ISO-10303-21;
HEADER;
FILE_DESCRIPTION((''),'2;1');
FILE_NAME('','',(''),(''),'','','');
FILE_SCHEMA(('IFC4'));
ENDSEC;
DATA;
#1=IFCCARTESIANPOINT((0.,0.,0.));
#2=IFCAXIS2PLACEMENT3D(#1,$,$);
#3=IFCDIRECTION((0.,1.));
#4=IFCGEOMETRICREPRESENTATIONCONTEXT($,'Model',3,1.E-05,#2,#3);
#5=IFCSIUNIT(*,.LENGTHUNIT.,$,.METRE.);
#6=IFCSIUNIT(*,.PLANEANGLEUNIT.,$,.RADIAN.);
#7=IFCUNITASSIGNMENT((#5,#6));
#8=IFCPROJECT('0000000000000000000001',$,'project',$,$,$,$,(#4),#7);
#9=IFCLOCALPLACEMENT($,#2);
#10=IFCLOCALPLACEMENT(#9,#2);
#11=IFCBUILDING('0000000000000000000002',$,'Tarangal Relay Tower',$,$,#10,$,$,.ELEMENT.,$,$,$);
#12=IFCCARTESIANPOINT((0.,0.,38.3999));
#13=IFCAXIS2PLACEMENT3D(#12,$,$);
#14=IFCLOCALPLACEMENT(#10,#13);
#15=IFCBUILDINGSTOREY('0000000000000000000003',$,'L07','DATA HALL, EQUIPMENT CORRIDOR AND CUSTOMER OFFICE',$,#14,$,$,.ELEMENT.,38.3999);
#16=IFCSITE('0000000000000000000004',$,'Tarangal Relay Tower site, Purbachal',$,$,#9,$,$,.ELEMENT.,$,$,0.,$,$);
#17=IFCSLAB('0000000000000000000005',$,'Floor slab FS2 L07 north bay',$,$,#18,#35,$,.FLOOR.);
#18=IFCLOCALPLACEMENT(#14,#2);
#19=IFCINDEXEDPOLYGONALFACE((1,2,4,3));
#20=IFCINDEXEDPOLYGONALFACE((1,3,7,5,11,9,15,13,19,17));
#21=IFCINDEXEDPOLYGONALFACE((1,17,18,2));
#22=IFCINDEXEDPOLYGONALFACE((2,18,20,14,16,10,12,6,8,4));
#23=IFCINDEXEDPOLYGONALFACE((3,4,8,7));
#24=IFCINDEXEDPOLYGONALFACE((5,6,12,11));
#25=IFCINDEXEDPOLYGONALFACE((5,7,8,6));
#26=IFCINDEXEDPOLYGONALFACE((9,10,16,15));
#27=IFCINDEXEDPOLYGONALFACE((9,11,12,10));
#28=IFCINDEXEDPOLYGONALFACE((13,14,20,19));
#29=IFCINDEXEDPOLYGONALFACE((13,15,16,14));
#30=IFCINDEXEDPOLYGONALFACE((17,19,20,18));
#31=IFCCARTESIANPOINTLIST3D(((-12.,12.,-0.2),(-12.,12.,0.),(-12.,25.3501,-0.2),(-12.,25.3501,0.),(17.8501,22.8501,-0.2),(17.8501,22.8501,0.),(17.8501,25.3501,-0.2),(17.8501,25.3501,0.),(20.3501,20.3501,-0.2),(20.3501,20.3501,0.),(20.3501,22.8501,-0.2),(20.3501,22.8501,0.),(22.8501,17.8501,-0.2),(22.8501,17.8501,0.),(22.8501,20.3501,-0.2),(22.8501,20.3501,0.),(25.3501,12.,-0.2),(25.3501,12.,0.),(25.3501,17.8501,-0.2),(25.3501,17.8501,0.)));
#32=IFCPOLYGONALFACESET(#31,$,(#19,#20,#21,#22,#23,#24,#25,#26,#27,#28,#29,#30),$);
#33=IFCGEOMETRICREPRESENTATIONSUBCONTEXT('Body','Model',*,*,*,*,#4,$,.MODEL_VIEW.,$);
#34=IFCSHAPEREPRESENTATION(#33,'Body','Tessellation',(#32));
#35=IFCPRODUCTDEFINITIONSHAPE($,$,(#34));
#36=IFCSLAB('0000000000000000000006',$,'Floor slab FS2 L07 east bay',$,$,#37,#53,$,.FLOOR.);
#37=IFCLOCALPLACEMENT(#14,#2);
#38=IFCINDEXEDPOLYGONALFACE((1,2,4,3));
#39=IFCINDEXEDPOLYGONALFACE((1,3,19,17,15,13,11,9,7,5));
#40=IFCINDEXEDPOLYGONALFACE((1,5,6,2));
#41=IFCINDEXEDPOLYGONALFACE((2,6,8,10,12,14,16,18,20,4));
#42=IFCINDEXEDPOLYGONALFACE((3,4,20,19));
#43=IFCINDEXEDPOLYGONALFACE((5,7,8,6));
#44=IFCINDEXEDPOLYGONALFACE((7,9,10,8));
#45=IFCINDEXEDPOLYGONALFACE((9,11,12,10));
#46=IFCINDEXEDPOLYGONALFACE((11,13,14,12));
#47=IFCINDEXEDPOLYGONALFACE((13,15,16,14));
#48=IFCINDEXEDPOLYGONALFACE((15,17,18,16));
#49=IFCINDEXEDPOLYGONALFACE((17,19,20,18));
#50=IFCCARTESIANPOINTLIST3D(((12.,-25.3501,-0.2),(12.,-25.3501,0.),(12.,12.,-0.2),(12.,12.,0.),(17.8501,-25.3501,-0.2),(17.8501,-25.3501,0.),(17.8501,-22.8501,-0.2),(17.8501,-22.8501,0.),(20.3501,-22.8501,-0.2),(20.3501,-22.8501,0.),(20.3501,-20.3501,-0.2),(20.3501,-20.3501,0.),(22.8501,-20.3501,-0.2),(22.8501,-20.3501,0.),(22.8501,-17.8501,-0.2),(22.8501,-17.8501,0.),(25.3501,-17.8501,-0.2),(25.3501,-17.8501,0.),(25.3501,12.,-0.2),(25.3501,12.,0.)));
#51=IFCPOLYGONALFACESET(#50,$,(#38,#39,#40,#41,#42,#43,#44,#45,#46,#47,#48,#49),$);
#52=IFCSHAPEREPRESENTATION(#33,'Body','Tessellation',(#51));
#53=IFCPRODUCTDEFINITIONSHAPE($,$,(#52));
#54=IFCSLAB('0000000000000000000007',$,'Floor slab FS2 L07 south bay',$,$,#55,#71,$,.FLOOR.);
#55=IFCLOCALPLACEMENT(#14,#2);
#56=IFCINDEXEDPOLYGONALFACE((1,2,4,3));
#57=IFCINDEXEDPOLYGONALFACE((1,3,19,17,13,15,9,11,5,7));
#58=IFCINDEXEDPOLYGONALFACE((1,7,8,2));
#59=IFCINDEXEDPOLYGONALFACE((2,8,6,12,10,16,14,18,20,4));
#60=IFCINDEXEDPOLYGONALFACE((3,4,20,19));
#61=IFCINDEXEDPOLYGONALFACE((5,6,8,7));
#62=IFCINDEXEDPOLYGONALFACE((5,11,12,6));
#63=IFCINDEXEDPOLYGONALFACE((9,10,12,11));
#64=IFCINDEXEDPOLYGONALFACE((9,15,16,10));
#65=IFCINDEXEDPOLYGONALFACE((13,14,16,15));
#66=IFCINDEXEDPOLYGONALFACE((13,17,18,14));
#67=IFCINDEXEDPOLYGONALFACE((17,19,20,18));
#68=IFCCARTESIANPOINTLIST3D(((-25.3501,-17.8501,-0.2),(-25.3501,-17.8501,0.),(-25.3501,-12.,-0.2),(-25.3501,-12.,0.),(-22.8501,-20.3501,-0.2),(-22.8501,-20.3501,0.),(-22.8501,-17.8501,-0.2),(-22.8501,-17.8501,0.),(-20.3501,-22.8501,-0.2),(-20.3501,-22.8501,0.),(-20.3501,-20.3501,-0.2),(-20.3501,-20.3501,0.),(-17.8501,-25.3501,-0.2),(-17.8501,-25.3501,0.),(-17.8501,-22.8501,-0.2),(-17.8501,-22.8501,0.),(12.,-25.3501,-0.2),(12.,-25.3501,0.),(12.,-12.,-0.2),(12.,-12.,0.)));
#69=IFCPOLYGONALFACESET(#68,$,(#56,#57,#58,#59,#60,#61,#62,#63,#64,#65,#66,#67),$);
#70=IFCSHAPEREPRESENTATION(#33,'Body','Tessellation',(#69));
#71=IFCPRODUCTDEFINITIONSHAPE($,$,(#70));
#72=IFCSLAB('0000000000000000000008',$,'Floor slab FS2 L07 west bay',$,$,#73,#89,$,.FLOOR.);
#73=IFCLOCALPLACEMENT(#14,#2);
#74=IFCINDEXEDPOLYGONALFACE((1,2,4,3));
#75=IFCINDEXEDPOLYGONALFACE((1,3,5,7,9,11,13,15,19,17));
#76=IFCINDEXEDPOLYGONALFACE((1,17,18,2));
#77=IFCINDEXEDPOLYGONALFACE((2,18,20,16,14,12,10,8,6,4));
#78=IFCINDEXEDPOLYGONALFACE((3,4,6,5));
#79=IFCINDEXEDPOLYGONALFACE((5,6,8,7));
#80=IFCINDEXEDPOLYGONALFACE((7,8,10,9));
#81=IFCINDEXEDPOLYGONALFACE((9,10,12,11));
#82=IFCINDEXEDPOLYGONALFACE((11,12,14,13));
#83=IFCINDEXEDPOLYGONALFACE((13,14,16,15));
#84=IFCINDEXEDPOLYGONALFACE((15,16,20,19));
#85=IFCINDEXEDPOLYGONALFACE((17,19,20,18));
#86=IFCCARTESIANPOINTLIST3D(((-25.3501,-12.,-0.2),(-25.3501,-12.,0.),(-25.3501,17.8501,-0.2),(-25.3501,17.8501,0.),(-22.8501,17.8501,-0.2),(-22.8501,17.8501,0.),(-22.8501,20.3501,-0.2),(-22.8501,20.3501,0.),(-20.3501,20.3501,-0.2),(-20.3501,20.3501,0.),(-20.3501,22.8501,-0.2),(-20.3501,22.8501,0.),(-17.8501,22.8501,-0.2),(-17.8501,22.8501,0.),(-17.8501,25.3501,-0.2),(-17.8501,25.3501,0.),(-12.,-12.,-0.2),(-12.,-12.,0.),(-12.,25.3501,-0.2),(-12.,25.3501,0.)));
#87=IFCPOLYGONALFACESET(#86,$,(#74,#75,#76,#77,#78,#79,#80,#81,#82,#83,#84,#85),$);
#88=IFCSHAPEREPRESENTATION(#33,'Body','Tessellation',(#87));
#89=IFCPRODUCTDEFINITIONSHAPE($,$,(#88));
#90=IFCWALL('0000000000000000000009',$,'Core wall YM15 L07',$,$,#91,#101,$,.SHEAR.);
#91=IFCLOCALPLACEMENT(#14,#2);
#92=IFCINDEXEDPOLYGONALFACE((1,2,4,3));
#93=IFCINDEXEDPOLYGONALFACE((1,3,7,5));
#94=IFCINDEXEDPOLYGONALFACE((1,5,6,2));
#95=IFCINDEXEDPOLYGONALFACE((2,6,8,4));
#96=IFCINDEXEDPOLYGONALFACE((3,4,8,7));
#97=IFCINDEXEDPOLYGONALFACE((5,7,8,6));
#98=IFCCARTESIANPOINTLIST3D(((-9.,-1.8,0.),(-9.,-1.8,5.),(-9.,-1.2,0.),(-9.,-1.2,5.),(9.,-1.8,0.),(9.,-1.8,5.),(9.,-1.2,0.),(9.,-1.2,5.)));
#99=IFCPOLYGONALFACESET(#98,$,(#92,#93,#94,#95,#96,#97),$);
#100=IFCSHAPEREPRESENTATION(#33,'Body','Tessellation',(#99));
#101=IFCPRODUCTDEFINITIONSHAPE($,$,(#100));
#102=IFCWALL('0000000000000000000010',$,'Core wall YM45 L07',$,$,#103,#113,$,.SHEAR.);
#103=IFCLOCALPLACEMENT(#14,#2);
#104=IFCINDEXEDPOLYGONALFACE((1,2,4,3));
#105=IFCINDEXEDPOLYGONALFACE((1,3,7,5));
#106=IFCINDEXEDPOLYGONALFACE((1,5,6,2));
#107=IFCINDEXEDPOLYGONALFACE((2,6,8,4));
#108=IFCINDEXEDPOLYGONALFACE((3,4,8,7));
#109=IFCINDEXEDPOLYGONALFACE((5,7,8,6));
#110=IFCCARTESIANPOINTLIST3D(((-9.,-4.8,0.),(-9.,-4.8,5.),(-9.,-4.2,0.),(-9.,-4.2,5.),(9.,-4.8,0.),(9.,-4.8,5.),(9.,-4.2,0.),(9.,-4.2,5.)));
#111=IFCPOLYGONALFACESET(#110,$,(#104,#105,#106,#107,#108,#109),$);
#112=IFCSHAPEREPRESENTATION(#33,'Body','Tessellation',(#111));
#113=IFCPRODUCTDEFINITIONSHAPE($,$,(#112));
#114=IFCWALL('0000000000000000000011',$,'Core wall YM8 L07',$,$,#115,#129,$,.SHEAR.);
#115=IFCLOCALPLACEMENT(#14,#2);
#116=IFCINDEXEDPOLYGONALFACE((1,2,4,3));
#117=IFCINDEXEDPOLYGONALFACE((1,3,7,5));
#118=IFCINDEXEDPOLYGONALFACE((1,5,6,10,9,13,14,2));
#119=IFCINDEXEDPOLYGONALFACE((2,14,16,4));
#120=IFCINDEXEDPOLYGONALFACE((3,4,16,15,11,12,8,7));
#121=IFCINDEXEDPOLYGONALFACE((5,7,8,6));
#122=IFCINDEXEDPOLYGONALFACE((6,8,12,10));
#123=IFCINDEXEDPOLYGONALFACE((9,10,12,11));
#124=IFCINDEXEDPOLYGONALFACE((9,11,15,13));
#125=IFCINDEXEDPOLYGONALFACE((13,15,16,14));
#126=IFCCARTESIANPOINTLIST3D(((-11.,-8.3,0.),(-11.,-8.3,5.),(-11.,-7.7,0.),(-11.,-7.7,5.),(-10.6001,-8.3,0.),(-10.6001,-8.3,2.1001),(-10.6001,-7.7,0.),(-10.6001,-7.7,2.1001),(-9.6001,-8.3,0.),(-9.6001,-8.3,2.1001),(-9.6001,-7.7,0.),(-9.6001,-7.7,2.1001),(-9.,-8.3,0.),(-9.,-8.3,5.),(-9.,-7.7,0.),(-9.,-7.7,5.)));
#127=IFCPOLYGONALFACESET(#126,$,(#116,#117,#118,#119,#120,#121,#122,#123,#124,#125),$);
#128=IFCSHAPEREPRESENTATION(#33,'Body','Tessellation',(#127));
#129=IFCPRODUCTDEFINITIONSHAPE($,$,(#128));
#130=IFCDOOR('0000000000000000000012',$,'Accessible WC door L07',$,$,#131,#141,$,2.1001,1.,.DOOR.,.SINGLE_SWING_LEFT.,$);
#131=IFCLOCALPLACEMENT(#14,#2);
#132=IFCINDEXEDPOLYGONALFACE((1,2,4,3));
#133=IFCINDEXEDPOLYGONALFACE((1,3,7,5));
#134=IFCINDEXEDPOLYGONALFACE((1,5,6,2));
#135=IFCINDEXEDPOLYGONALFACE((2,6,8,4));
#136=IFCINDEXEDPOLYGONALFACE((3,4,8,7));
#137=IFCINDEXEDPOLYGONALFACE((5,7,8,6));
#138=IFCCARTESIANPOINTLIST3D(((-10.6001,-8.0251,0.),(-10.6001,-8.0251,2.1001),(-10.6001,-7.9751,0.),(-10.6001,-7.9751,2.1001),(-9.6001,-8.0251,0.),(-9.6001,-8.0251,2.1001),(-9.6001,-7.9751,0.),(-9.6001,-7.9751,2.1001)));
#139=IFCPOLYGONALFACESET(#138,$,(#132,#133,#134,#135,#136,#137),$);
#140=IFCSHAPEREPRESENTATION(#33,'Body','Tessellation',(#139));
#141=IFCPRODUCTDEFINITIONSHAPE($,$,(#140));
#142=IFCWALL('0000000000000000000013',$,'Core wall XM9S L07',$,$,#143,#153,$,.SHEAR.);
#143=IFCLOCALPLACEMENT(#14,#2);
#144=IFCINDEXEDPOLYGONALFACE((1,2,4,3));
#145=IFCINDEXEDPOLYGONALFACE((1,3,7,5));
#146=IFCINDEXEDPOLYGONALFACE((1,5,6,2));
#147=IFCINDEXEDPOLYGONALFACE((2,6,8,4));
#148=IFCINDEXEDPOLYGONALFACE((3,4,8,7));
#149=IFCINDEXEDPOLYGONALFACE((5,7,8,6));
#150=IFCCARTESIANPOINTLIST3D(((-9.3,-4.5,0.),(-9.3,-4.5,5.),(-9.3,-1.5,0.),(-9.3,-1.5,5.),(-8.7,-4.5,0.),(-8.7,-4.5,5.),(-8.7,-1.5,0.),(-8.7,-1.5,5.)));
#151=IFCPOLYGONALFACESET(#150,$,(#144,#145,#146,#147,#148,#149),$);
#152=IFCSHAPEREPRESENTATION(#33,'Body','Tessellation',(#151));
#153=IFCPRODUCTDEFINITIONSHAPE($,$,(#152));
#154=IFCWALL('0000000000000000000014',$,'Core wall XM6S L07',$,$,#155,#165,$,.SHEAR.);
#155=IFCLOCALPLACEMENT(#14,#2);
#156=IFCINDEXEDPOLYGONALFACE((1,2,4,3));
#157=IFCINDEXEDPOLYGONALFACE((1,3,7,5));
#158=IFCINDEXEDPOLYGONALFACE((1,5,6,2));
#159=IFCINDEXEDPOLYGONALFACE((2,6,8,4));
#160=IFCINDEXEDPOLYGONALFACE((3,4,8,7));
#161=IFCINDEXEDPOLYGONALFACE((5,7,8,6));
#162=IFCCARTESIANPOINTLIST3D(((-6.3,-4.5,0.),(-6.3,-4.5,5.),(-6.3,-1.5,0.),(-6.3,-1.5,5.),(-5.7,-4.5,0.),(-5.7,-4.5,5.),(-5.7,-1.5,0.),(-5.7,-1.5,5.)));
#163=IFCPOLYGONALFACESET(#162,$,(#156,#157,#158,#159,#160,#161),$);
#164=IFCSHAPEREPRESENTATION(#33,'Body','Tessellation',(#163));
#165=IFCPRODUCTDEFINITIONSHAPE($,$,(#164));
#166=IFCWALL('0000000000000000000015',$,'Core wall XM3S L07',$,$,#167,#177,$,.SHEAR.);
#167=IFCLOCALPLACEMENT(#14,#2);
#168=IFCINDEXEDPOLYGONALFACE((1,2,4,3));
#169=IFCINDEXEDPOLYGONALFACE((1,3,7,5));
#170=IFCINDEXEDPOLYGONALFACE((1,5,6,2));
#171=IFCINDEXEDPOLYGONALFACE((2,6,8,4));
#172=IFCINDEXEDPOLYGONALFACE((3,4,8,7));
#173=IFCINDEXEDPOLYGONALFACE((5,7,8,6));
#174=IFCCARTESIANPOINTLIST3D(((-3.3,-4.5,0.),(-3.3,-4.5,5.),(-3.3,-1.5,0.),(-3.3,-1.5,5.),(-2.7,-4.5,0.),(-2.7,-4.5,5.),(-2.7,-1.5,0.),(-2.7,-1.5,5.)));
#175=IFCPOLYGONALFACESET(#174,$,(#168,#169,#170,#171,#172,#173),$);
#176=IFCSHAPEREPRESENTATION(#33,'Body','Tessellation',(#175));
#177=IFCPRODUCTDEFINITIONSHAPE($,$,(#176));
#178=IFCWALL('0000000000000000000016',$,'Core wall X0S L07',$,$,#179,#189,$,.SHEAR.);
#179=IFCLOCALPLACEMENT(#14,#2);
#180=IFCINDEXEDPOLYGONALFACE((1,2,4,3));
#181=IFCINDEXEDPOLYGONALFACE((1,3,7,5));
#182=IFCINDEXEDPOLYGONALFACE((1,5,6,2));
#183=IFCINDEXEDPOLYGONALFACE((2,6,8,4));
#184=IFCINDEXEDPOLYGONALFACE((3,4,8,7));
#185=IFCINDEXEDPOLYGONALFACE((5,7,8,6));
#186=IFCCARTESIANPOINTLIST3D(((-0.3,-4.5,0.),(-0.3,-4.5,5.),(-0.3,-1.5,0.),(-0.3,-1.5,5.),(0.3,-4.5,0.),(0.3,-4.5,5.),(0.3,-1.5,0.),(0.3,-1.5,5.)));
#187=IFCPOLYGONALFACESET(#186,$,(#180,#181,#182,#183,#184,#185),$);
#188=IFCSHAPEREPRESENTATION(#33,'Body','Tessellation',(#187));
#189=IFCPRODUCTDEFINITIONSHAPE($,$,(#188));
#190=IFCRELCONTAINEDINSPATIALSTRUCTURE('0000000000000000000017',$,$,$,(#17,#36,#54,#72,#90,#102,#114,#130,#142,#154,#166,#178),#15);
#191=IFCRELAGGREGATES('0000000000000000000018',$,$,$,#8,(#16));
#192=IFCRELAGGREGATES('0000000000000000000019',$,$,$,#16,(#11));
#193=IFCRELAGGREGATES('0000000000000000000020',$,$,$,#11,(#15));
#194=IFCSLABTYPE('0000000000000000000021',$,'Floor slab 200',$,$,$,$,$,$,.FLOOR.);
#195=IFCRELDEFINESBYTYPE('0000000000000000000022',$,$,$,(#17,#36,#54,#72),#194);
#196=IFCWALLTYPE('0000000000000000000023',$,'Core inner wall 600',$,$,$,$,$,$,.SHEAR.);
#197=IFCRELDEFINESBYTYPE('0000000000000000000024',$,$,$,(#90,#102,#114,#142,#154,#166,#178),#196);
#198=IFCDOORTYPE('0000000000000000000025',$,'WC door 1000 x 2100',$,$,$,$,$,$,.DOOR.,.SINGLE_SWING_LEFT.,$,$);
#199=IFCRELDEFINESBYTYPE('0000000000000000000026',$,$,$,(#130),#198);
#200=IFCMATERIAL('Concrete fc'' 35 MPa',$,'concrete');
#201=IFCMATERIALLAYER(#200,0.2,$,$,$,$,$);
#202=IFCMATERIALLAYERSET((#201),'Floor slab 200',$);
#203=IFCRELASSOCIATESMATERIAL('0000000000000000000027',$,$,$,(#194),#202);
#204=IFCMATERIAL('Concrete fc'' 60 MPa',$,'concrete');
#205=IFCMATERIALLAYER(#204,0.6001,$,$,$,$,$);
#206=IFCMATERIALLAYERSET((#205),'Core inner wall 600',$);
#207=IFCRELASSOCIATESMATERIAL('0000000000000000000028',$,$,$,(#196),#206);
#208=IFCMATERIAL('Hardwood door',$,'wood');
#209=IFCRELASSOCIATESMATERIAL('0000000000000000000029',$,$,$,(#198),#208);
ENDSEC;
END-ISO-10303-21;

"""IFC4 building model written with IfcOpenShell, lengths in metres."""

from ifc_helpers import new_model, si_unit, direction, frame, frame_2d, origin, place, context, subcontext, project, spatial, polyline, rectangle, outline, extrude, material, layer, layer_set, type_object, element, fill, save


model = new_model("IFC4")

# Units and contexts
model_context = context("Model", 3, precision=1e-05, world=origin(), true_north=direction((0.0, 1.0)))
body_context = subcontext(model_context, "Body", "Model", "MODEL_VIEW")
ifc_project = project(units=[si_unit("LENGTHUNIT", "METRE"), si_unit("PLANEANGLEUNIT", "RADIAN")], contexts=[model_context])

# Site, building, storey
site_placement = place(None, origin())
site = spatial("IfcSite", under=ifc_project, at=site_placement, Name="Tarangal Relay Tower site, Purbachal", CompositionType="ELEMENT", RefElevation=0.0)
building_placement = place(site_placement, origin())
building = spatial("IfcBuilding", under=site, at=building_placement, Name="Tarangal Relay Tower", CompositionType="ELEMENT")
storey_placement = place(building_placement, frame((0.0, 0.0, 38.3999)))
storey = spatial("IfcBuildingStorey", under=building, at=storey_placement, Name="L07", Description="DATA HALL, EQUIPMENT CORRIDOR AND CUSTOMER OFFICE", CompositionType="ELEMENT", Elevation=38.3999)

# Slabs
ifc_material_1 = material(Name="Concrete fc' 35 MPa", Category="concrete")
ifc_layer_1 = layer(ifc_material_1, 0.2)
ifc_layer_set_1 = layer_set([ifc_layer_1], Name="Floor slab 200")
slab_type = type_object("IfcSlabType", Name="Floor slab 200", PredefinedType="FLOOR", material=ifc_layer_set_1)
slab_1_placement = place(storey_placement, frame((0.0, 0.0, -0.2)))
element("IfcSlab", 1, at=slab_1_placement, inside=storey, type_object=slab_type, Name="Floor slab FS2 L07 north bay", PredefinedType="FLOOR", context=body_context, shape_type="SweptSolid", body=[
    extrude(outline(polyline([(17.8501, 25.3501), (17.8501, 22.8501), (20.3501, 22.8501), (20.3501, 20.3501), (22.8501, 20.3501), (22.8501, 17.8501), (25.3501, 17.8501), (25.3501, 12.0), (-12.0, 12.0), (-12.0, 25.3501), (17.8501, 25.3501)])), origin(), (0.0, 0.0, 1.0), 0.2),
])
slab_2_placement = place(storey_placement, frame((0.0, 0.0, -0.2)))
element("IfcSlab", 2, at=slab_2_placement, inside=storey, type_object=slab_type, Name="Floor slab FS2 L07 east bay", PredefinedType="FLOOR", context=body_context, shape_type="SweptSolid", body=[
    extrude(outline(polyline([(25.3501, -17.8501), (22.8501, -17.8501), (22.8501, -20.3501), (20.3501, -20.3501), (20.3501, -22.8501), (17.8501, -22.8501), (17.8501, -25.3501), (12.0, -25.3501), (12.0, 12.0), (25.3501, 12.0), (25.3501, -17.8501)])), origin(), (0.0, 0.0, 1.0), 0.2),
])
slab_3_placement = place(storey_placement, frame((0.0, 0.0, -0.2)))
element("IfcSlab", 3, at=slab_3_placement, inside=storey, type_object=slab_type, Name="Floor slab FS2 L07 south bay", PredefinedType="FLOOR", context=body_context, shape_type="SweptSolid", body=[
    extrude(outline(polyline([(-17.8501, -25.3501), (-17.8501, -22.8501), (-20.3501, -22.8501), (-20.3501, -20.3501), (-22.8501, -20.3501), (-22.8501, -17.8501), (-25.3501, -17.8501), (-25.3501, -12.0), (12.0, -12.0), (12.0, -25.3501), (-17.8501, -25.3501)])), origin(), (0.0, 0.0, 1.0), 0.2),
])
slab_4_placement = place(storey_placement, frame((0.0, 0.0, -0.2)))
element("IfcSlab", 4, at=slab_4_placement, inside=storey, type_object=slab_type, Name="Floor slab FS2 L07 west bay", PredefinedType="FLOOR", context=body_context, shape_type="SweptSolid", body=[
    extrude(outline(polyline([(-12.0, 25.3501), (-12.0, -12.0), (-25.3501, -12.0), (-25.3501, 17.8501), (-22.8501, 17.8501), (-22.8501, 20.3501), (-20.3501, 20.3501), (-20.3501, 22.8501), (-17.8501, 22.8501), (-17.8501, 25.3501), (-12.0, 25.3501)])), origin(), (0.0, 0.0, 1.0), 0.2),
])

# Walls
ifc_material_2 = material(Name="Concrete fc' 60 MPa", Category="concrete")
ifc_layer_2 = layer(ifc_material_2, 0.6001)
ifc_layer_set_2 = layer_set([ifc_layer_2], Name="Core inner wall 600")
wall_type_1 = type_object("IfcWallType", Name="Core inner wall 600", PredefinedType="SHEAR", material=ifc_layer_set_2)
for number, where, z_axis, x_axis, name in (
    (5, (-9.0, -1.5, 0.0), (0.0, 0.0, 1.0), (1.0, 0.0, 0.0), "Core wall YM15 L07"),
    (6, (-9.0, -4.5, 0.0), (0.0, 0.0, 1.0), (1.0, 0.0, 0.0), "Core wall YM45 L07"),
):
    element("IfcWall", number, at=place(storey_placement, frame(where, z_axis=z_axis, x_axis=x_axis)), inside=storey, type_object=wall_type_1, Name=name, PredefinedType="SHEAR", context=body_context, shape_type="SweptSolid", body=[
        extrude(rectangle(XDim=18.0, YDim=0.6001, at=frame_2d((9.0, 0.0))), origin(), (0.0, 0.0, 1.0), 5.0),
    ])

# Wall, opening, door
wall_1_placement = place(storey_placement, frame((-11.0, -8.0, 0.0), z_axis=(0.0, 0.0, 1.0), x_axis=(1.0, 0.0, 0.0)))
wall_1 = element("IfcWall", 7, at=wall_1_placement, inside=storey, type_object=wall_type_1, Name="Core wall YM8 L07", PredefinedType="SHEAR", context=body_context, shape_type="SweptSolid", body=[
    extrude(rectangle(XDim=2.0, YDim=0.6001, at=frame_2d((1.0, 0.0))), origin(), (0.0, 0.0, 1.0), 5.0),
])
opening_1_placement = place(wall_1_placement, frame((0.3999, 0.0, 0.0)))
opening_1 = element("IfcOpeningElement", 8, at=opening_1_placement, cuts=wall_1, PredefinedType="OPENING", context=body_context, shape_type="SweptSolid", body=[
    extrude(rectangle(XDim=1.0, YDim=2.1001, at=frame_2d((0.5, 1.05))), frame((0.0, 0.3101, 0.0), z_axis=(0.0, -1.0, 0.0), x_axis=(1.0, 0.0, 0.0)), (0.0, 0.0, 1.0), 0.6201),
])
ifc_material_3 = material(Name="Hardwood door", Category="wood")
door_type_1 = type_object("IfcDoorType", Name="WC door 1000 x 2100", OperationType="SINGLE_SWING_LEFT", PredefinedType="DOOR", material=ifc_material_3)
door_1_placement = place(opening_1_placement, origin())
door_1 = element("IfcDoor", 9, at=door_1_placement, inside=storey, type_object=door_type_1, Name="Accessible WC door L07", OperationType="SINGLE_SWING_LEFT", OverallHeight=2.1001, OverallWidth=1.0, PredefinedType="DOOR", context=body_context, shape_type="SweptSolid", body=[
    extrude(rectangle(XDim=1.0, YDim=2.1001, at=frame_2d((0.5, 1.05))), frame((0.0, 0.0249, 0.0), z_axis=(0.0, -1.0, 0.0), x_axis=(1.0, 0.0, 0.0)), (0.0, 0.0, 1.0), 0.05),
])
fill(opening_1, door_1)

# Walls
for number, where, z_axis, x_axis, name in (
    (10, (-9.0, -4.5, 0.0), (0.0, 0.0, 1.0), (0.0, 1.0, 0.0), "Core wall XM9S L07"),
    (11, (-6.0, -4.5, 0.0), (0.0, 0.0, 1.0), (0.0, 1.0, 0.0), "Core wall XM6S L07"),
    (12, (-3.0, -4.5, 0.0), (0.0, 0.0, 1.0), (0.0, 1.0, 0.0), "Core wall XM3S L07"),
    (13, (0.0, -4.5, 0.0), (0.0, 0.0, 1.0), (0.0, 1.0, 0.0), "Core wall X0S L07"),
):
    element("IfcWall", number, at=place(storey_placement, frame(where, z_axis=z_axis, x_axis=x_axis)), inside=storey, type_object=wall_type_1, Name=name, PredefinedType="SHEAR", context=body_context, shape_type="SweptSolid", body=[
        extrude(rectangle(XDim=3.0, YDim=0.6001, at=frame_2d((1.5, 0.0))), origin(), (0.0, 0.0, 1.0), 5.0),
    ])

save(model, "model.ifc")
